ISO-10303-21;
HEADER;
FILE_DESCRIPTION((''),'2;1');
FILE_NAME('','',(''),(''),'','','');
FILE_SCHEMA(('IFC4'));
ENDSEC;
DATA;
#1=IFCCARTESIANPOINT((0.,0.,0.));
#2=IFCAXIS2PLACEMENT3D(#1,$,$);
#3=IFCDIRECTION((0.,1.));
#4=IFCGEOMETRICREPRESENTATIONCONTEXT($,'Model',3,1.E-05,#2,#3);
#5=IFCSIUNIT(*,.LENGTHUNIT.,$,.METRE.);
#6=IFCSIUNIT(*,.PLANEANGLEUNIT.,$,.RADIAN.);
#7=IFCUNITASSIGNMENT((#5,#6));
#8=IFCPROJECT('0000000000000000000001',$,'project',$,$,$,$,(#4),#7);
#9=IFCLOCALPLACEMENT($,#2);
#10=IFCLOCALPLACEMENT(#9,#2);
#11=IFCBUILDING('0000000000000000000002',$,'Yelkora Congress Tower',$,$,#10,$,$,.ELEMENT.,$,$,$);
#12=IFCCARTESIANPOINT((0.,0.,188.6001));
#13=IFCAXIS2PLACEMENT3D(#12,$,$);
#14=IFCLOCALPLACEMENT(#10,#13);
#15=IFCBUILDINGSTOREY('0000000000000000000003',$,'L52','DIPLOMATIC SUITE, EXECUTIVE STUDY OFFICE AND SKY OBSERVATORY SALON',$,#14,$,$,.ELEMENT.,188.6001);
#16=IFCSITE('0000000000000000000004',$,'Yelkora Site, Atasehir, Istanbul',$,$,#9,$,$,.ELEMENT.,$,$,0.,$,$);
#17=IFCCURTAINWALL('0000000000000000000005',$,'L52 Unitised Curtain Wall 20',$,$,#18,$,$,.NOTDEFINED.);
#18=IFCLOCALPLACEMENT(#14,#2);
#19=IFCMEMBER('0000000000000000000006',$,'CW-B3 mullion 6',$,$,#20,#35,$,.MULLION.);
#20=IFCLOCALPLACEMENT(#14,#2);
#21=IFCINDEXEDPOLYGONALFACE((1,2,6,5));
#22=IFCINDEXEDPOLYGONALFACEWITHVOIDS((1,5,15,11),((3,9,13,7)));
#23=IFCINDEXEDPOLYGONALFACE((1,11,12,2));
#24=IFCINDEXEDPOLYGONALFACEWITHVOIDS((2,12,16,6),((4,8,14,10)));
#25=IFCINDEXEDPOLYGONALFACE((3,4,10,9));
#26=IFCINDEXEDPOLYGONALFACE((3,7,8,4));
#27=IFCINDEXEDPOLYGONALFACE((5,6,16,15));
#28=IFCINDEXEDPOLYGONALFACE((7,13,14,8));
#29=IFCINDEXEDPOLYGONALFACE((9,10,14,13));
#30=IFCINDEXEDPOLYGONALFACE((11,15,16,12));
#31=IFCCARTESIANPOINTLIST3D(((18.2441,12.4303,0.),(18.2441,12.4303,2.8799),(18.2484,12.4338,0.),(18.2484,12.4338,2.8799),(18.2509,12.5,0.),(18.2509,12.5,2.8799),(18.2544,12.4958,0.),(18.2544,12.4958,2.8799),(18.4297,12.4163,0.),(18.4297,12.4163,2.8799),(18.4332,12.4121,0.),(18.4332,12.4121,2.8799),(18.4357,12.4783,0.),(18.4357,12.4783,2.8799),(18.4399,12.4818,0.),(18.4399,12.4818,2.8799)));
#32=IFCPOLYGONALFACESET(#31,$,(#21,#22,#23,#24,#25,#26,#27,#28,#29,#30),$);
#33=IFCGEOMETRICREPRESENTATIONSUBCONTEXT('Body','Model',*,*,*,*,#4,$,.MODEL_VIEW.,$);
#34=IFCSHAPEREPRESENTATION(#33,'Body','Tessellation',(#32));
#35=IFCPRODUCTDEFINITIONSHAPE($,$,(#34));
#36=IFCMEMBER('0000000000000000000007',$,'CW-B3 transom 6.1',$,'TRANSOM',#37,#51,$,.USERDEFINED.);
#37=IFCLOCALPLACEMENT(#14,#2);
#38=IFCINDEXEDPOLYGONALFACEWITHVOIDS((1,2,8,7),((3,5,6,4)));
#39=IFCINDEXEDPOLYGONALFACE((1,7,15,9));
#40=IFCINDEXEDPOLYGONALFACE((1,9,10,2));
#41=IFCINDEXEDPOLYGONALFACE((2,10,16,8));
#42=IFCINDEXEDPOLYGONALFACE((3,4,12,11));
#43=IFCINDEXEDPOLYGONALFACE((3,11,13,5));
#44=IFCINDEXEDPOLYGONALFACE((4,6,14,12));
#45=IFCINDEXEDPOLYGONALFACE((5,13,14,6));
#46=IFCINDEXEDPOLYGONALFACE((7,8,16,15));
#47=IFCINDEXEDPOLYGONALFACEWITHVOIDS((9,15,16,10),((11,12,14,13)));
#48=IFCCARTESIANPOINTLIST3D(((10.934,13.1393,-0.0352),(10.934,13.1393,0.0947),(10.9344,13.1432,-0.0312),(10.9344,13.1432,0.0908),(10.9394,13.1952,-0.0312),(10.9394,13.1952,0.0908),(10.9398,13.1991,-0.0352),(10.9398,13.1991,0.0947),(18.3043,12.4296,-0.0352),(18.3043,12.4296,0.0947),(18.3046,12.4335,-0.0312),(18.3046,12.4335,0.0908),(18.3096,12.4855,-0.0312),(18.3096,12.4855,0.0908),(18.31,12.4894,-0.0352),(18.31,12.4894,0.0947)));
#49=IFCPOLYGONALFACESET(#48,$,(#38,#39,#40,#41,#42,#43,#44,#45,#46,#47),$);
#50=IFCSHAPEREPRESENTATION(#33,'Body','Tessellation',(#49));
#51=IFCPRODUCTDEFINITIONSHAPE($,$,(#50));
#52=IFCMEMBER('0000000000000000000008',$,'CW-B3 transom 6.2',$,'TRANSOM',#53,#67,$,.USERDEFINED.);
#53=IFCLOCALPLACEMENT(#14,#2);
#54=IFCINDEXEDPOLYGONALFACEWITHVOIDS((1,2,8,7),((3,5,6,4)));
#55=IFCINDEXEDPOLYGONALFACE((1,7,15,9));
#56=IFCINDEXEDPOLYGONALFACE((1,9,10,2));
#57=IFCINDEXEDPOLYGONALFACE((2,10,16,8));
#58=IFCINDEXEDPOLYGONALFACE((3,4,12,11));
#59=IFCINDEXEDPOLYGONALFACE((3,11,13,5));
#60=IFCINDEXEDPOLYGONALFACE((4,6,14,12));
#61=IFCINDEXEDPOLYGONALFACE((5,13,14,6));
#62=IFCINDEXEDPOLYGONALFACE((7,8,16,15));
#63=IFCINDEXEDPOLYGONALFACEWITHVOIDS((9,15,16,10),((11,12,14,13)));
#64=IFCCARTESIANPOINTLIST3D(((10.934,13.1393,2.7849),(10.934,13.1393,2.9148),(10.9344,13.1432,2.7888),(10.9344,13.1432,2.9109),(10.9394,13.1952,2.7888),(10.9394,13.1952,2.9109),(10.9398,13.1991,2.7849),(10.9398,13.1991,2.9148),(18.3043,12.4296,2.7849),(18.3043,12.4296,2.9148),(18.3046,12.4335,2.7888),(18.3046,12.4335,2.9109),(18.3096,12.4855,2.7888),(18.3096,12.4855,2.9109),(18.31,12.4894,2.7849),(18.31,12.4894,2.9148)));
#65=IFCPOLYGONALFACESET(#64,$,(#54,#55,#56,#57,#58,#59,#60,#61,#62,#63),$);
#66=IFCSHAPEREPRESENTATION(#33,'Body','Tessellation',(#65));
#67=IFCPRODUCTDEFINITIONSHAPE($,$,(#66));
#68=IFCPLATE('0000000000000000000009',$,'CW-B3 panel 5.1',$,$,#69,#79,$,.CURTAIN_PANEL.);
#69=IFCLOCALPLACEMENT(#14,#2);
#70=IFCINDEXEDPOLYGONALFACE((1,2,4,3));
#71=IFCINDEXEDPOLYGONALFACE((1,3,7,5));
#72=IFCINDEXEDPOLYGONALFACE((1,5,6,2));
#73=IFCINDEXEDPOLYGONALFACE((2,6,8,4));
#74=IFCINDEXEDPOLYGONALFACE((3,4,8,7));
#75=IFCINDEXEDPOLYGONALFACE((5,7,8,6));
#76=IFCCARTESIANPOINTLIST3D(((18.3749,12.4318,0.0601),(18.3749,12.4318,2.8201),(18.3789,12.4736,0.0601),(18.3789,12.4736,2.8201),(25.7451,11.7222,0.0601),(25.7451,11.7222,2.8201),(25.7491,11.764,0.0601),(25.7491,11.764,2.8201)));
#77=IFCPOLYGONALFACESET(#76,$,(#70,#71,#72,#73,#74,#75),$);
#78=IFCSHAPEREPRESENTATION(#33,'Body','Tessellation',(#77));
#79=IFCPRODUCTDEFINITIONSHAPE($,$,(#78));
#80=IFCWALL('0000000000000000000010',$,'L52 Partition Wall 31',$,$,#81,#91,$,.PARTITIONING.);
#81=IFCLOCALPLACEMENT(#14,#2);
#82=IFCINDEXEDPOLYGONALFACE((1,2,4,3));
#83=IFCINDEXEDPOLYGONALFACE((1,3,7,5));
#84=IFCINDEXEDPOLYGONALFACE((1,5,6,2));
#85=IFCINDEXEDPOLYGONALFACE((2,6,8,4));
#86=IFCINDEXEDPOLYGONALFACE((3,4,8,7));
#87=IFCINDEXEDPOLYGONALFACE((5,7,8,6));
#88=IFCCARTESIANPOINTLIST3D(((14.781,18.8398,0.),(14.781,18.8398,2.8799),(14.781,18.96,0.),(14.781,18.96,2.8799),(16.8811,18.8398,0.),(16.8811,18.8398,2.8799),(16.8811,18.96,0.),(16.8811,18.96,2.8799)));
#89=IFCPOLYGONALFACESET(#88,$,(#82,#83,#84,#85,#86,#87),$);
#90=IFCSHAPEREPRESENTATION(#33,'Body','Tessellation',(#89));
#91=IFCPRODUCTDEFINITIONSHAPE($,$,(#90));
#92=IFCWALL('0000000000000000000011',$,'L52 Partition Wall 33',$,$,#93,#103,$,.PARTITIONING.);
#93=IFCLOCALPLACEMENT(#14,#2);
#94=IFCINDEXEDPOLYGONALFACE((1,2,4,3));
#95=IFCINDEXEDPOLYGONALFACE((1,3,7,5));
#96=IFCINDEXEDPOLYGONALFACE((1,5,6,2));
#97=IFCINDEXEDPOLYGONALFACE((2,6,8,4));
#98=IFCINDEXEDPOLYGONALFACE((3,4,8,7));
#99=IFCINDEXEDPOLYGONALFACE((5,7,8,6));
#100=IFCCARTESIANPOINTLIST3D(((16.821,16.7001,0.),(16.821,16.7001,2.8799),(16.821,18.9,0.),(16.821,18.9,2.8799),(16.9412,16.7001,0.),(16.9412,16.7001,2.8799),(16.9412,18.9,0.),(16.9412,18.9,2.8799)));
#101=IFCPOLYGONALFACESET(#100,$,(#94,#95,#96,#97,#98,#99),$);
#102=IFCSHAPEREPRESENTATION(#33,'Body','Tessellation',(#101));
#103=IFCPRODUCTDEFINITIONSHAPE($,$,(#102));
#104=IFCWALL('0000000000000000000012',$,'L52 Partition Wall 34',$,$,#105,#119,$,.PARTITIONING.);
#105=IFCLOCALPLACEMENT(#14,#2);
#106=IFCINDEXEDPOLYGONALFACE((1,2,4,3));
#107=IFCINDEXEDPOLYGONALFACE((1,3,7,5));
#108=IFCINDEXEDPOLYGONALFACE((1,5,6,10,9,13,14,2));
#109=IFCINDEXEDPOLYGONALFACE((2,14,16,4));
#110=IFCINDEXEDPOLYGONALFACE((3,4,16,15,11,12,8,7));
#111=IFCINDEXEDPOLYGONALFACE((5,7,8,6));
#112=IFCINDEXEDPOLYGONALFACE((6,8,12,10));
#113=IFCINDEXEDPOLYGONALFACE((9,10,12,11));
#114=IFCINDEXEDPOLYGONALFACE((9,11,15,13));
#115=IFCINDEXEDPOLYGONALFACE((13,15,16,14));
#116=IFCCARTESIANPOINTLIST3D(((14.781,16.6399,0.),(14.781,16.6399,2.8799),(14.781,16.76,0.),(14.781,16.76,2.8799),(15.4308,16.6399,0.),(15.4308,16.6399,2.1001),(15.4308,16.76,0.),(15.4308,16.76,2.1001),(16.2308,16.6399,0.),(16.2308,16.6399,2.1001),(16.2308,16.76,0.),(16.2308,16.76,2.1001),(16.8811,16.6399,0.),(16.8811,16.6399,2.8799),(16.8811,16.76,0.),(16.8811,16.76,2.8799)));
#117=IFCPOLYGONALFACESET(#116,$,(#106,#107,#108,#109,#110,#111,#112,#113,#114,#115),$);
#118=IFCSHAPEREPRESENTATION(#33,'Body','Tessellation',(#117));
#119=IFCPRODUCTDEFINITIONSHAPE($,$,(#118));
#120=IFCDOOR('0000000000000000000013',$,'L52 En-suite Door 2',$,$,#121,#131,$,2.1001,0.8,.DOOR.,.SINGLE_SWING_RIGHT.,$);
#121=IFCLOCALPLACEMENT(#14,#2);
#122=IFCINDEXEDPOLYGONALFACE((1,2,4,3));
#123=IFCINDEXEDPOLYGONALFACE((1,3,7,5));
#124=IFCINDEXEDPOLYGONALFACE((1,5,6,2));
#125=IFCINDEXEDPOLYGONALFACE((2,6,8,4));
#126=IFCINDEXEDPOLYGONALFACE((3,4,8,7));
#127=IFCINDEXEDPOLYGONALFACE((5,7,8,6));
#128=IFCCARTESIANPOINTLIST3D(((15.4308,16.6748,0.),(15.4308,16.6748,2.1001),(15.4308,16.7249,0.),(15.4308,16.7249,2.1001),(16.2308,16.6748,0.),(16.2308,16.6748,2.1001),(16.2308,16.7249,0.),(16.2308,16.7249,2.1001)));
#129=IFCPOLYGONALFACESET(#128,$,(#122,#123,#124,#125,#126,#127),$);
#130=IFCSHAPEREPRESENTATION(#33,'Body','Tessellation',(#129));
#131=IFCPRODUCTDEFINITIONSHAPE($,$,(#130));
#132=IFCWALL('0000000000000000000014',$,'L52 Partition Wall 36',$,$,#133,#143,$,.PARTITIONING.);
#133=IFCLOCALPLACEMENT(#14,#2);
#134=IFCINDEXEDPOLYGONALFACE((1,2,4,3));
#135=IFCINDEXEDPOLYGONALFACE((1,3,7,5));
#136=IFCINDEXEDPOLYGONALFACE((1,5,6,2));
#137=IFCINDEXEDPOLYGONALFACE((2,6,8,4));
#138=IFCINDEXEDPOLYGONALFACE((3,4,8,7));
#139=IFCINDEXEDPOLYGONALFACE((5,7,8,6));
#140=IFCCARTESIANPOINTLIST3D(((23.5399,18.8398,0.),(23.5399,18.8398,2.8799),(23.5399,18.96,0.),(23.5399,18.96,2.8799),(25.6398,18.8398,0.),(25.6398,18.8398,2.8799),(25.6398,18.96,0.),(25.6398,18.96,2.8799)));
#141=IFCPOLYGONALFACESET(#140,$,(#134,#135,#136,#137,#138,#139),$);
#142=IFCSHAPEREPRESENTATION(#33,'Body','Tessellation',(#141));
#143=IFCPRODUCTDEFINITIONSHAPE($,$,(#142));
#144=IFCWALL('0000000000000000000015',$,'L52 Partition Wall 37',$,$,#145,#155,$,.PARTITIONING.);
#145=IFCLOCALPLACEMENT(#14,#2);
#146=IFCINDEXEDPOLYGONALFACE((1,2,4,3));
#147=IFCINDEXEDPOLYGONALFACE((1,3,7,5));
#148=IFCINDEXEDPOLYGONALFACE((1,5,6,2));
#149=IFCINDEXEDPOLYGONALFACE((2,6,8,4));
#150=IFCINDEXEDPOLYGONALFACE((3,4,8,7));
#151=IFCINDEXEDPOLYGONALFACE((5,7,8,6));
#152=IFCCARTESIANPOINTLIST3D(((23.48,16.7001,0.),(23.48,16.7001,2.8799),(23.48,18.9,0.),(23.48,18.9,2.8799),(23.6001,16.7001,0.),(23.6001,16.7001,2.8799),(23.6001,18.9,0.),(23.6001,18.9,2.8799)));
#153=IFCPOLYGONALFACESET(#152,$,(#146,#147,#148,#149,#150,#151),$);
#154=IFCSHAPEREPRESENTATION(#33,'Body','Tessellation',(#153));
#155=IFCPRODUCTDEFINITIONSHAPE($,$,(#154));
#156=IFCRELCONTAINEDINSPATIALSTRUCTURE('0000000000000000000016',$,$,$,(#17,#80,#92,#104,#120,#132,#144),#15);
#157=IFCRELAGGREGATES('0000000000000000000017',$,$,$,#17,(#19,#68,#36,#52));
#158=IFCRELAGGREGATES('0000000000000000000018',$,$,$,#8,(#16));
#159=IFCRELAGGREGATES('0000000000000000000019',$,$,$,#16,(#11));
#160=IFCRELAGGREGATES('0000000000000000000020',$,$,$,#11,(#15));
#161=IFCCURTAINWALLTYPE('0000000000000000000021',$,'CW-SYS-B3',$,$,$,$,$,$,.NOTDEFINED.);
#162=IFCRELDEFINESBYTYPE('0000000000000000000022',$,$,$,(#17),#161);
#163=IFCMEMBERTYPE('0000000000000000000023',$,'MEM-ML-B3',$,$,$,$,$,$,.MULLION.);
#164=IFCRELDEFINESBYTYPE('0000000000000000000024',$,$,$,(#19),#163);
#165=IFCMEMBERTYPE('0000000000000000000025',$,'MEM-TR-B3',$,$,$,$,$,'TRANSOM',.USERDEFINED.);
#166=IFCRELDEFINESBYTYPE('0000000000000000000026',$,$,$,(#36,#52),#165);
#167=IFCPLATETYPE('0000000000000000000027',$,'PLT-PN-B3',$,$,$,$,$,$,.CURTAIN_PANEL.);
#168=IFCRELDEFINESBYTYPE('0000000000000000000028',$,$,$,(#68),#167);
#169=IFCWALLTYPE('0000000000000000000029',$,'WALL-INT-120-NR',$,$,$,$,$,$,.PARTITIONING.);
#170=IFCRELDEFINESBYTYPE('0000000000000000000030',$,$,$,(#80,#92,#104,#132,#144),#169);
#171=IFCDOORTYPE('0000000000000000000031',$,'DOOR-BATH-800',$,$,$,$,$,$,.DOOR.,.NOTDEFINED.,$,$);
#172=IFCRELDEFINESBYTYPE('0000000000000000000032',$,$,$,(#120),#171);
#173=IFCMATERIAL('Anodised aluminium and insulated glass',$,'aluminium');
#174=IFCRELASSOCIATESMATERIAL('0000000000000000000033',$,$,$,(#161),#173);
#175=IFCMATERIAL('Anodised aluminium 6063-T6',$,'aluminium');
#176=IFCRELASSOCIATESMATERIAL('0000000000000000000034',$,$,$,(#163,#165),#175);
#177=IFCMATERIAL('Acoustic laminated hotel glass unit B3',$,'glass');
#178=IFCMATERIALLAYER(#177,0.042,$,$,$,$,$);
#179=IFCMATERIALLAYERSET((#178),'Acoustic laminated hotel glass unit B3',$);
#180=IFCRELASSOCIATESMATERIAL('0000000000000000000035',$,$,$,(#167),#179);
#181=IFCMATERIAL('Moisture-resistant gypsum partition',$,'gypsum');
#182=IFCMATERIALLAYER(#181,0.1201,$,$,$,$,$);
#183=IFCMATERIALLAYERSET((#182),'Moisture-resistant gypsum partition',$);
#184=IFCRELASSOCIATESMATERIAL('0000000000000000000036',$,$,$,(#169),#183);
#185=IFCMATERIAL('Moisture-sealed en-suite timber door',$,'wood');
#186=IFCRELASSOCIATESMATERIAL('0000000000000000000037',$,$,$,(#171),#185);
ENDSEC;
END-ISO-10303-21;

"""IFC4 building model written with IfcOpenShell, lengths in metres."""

from ifc_helpers import new_model, si_unit, direction, frame, frame_2d, origin, origin_2d, place, context, subcontext, project, spatial, rectangle, hollow_rectangle, extrude, material, layer, layer_set, material_profile, profile_set, type_object, element, fill, aggregate, save


model = new_model("IFC4")

# Units and contexts
model_context = context("Model", 3, precision=1e-05, world=origin(), true_north=direction((0.0, 1.0)))
body_context = subcontext(model_context, "Body", "Model", "MODEL_VIEW")
ifc_project = project(units=[si_unit("LENGTHUNIT", "METRE"), si_unit("PLANEANGLEUNIT", "RADIAN")], contexts=[model_context])

# Site, building, storey
site_placement = place(None, origin())
site = spatial("IfcSite", under=ifc_project, at=site_placement, Name="Yelkora Site, Atasehir, Istanbul", CompositionType="ELEMENT", RefElevation=0.0)
building_placement = place(site_placement, origin())
building = spatial("IfcBuilding", under=site, at=building_placement, Name="Yelkora Congress Tower", CompositionType="ELEMENT")
storey_placement = place(building_placement, frame((0.0, 0.0, 188.6001)))
storey = spatial("IfcBuildingStorey", under=building, at=storey_placement, Name="L52", Description="DIPLOMATIC SUITE, EXECUTIVE STUDY OFFICE AND SKY OBSERVATORY SALON", CompositionType="ELEMENT", Elevation=188.6001)

# Curtain wall, members, plate
ifc_material_1 = material(Name="Anodised aluminium and insulated glass", Category="aluminium")
curtain_wall_type = type_object("IfcCurtainWallType", Name="CW-SYS-B3", PredefinedType="NOTDEFINED", material=ifc_material_1)
curtain_wall_placement = place(storey_placement, origin())
curtain_wall = element("IfcCurtainWall", 1, at=curtain_wall_placement, inside=storey, type_object=curtain_wall_type, Name="L52 Unitised Curtain Wall 20", PredefinedType="NOTDEFINED")
ifc_material_2 = material(Name="Anodised aluminium 6063-T6", Category="aluminium")
ifc_material_profile_1 = material_profile(ifc_material_2, hollow_rectangle(XDim=0.0701, YDim=0.1899, WallThickness=0.0039, at=origin_2d()), Name="ALU 70x190x4")
ifc_profile_set_1 = profile_set([ifc_material_profile_1], Name="Anodised aluminium 6063-T6")
member_type_1 = type_object("IfcMemberType", Name="MEM-ML-B3", PredefinedType="MULLION", material=ifc_profile_set_1)
member_1_placement = place(storey_placement, frame((18.342, 12.4561, 0.0), z_axis=(0.0, 0.0, 1.0), x_axis=(-0.095845, -0.995396, 0.0)))
member_1 = element("IfcMember", 2, at=member_1_placement, type_object=member_type_1, Name="CW-B3 mullion 6", PredefinedType="MULLION", context=body_context, shape_type="SweptSolid", body=[
    extrude(hollow_rectangle(XDim=0.0701, YDim=0.1899, WallThickness=0.0039, at=origin_2d()), origin(), (0.0, 0.0, 1.0), 2.8799),
])
ifc_material_profile_2 = material_profile(ifc_material_2, hollow_rectangle(XDim=0.0601, YDim=0.1299, WallThickness=0.0039, at=origin_2d()), Name="ALU 60x130x4")
ifc_profile_set_2 = profile_set([ifc_material_profile_2], Name="Anodised aluminium 6063-T6")
member_type_2 = type_object("IfcMemberType", Name="MEM-TR-B3", ElementType="TRANSOM", PredefinedType="USERDEFINED", material=ifc_profile_set_2)
member_2_placement = place(storey_placement, frame((18.3071, 12.4595, 0.0298), z_axis=(-0.995395, 0.095853, 0.0), x_axis=(-0.095853, -0.995395, 0.0)))
member_2 = element("IfcMember", 3, at=member_2_placement, type_object=member_type_2, Name="CW-B3 transom 6.1", ObjectType="TRANSOM", PredefinedType="USERDEFINED", context=body_context, shape_type="SweptSolid", body=[
    extrude(hollow_rectangle(XDim=0.0601, YDim=0.1299, WallThickness=0.0039, at=origin_2d()), origin(), (0.0, 0.0, 1.0), 7.4043),
])
member_3_placement = place(storey_placement, frame((18.3071, 12.4595, 2.8499), z_axis=(-0.995395, 0.095853, 0.0), x_axis=(-0.095853, -0.995395, 0.0)))
member_3 = element("IfcMember", 4, at=member_3_placement, type_object=member_type_2, Name="CW-B3 transom 6.2", ObjectType="TRANSOM", PredefinedType="USERDEFINED", context=body_context, shape_type="SweptSolid", body=[
    extrude(hollow_rectangle(XDim=0.0601, YDim=0.1299, WallThickness=0.0039, at=origin_2d()), origin(), (0.0, 0.0, 1.0), 7.4043),
])
ifc_material_3 = material(Name="Acoustic laminated hotel glass unit B3", Category="glass")
ifc_layer_1 = layer(ifc_material_3, 0.042)
ifc_layer_set_1 = layer_set([ifc_layer_1], Name="Acoustic laminated hotel glass unit B3")
plate_type = type_object("IfcPlateType", Name="PLT-PN-B3", PredefinedType="CURTAIN_PANEL", material=ifc_layer_set_1)
plate_placement = place(storey_placement, frame((22.062, 12.0979, 0.0601), z_axis=(0.0, 0.0, 1.0), x_axis=(-0.995396, 0.095845, 0.0)))
plate = element("IfcPlate", 5, at=plate_placement, type_object=plate_type, Name="CW-B3 panel 5.1", PredefinedType="CURTAIN_PANEL", context=body_context, shape_type="SweptSolid", body=[
    extrude(rectangle(XDim=7.4043, YDim=0.042, at=origin_2d()), origin(), (0.0, 0.0, 1.0), 2.76),
])
aggregate(curtain_wall, [member_1, plate, member_2, member_3])

# Walls
ifc_material_4 = material(Name="Moisture-resistant gypsum partition", Category="gypsum")
ifc_layer_2 = layer(ifc_material_4, 0.1201)
ifc_layer_set_2 = layer_set([ifc_layer_2], Name="Moisture-resistant gypsum partition")
wall_type_1 = type_object("IfcWallType", Name="WALL-INT-120-NR", PredefinedType="PARTITIONING", material=ifc_layer_set_2)
wall_1_placement = place(storey_placement, frame((14.781, 18.8999, 0.0), z_axis=(0.0, 0.0, 1.0), x_axis=(1.0, 0.0, 0.0)))
element("IfcWall", 6, at=wall_1_placement, inside=storey, type_object=wall_type_1, Name="L52 Partition Wall 31", PredefinedType="PARTITIONING", context=body_context, shape_type="SweptSolid", body=[
    extrude(rectangle(XDim=2.1001, YDim=0.1201, at=frame_2d((1.05, 0.0))), origin(), (0.0, 0.0, 1.0), 2.8799),
])
wall_2_placement = place(storey_placement, frame((16.8811, 16.7, 0.0), z_axis=(0.0, 0.0, 1.0), x_axis=(0.0, 1.0, 0.0)))
element("IfcWall", 7, at=wall_2_placement, inside=storey, type_object=wall_type_1, Name="L52 Partition Wall 33", PredefinedType="PARTITIONING", context=body_context, shape_type="SweptSolid", body=[
    extrude(rectangle(XDim=2.2, YDim=0.1201, at=frame_2d((1.1001, 0.0))), origin(), (0.0, 0.0, 1.0), 2.8799),
])

# Wall, opening, door
wall_3_placement = place(storey_placement, frame((14.781, 16.7, 0.0), z_axis=(0.0, 0.0, 1.0), x_axis=(1.0, 0.0, 0.0)))
wall_3 = element("IfcWall", 8, at=wall_3_placement, inside=storey, type_object=wall_type_1, Name="L52 Partition Wall 34", PredefinedType="PARTITIONING", context=body_context, shape_type="SweptSolid", body=[
    extrude(rectangle(XDim=2.1001, YDim=0.1201, at=frame_2d((1.05, 0.0))), origin(), (0.0, 0.0, 1.0), 2.8799),
])
opening_1_placement = place(wall_3_placement, frame((0.6499, 0.0, 0.0)))
opening_1 = element("IfcOpeningElement", 9, at=opening_1_placement, cuts=wall_3, PredefinedType="OPENING", context=body_context, shape_type="SweptSolid", body=[
    extrude(rectangle(XDim=0.8, YDim=2.1001, at=frame_2d((0.3999, 1.05))), frame((0.0, 0.0701, 0.0), z_axis=(0.0, -1.0, 0.0), x_axis=(1.0, 0.0, 0.0)), (0.0, 0.0, 1.0), 0.1401),
])
ifc_material_5 = material(Name="Moisture-sealed en-suite timber door", Category="wood")
door_type = type_object("IfcDoorType", Name="DOOR-BATH-800", OperationType="NOTDEFINED", PredefinedType="DOOR", material=ifc_material_5)
door_1_placement = place(opening_1_placement, origin())
door_1 = element("IfcDoor", 10, at=door_1_placement, inside=storey, type_object=door_type, Name="L52 En-suite Door 2", OperationType="SINGLE_SWING_RIGHT", OverallHeight=2.1001, OverallWidth=0.8, PredefinedType="DOOR", context=body_context, shape_type="SweptSolid", body=[
    extrude(rectangle(XDim=0.8, YDim=2.1001, at=frame_2d((0.3999, 1.05))), frame((0.0, 0.0249, 0.0), z_axis=(0.0, -1.0, 0.0), x_axis=(1.0, 0.0, 0.0)), (0.0, 0.0, 1.0), 0.05),
])
fill(opening_1, door_1)

# Walls
wall_4_placement = place(storey_placement, frame((23.54, 18.8999, 0.0), z_axis=(0.0, 0.0, 1.0), x_axis=(1.0, 0.0, 0.0)))
element("IfcWall", 11, at=wall_4_placement, inside=storey, type_object=wall_type_1, Name="L52 Partition Wall 36", PredefinedType="PARTITIONING", context=body_context, shape_type="SweptSolid", body=[
    extrude(rectangle(XDim=2.0999, YDim=0.1201, at=frame_2d((1.0498, 0.0))), origin(), (0.0, 0.0, 1.0), 2.8799),
])
wall_5_placement = place(storey_placement, frame((23.54, 16.7, 0.0), z_axis=(0.0, 0.0, 1.0), x_axis=(0.0, 1.0, 0.0)))
element("IfcWall", 12, at=wall_5_placement, inside=storey, type_object=wall_type_1, Name="L52 Partition Wall 37", PredefinedType="PARTITIONING", context=body_context, shape_type="SweptSolid", body=[
    extrude(rectangle(XDim=2.2, YDim=0.1201, at=frame_2d((1.1001, 0.0))), origin(), (0.0, 0.0, 1.0), 2.8799),
])

save(model, "model.ifc")
